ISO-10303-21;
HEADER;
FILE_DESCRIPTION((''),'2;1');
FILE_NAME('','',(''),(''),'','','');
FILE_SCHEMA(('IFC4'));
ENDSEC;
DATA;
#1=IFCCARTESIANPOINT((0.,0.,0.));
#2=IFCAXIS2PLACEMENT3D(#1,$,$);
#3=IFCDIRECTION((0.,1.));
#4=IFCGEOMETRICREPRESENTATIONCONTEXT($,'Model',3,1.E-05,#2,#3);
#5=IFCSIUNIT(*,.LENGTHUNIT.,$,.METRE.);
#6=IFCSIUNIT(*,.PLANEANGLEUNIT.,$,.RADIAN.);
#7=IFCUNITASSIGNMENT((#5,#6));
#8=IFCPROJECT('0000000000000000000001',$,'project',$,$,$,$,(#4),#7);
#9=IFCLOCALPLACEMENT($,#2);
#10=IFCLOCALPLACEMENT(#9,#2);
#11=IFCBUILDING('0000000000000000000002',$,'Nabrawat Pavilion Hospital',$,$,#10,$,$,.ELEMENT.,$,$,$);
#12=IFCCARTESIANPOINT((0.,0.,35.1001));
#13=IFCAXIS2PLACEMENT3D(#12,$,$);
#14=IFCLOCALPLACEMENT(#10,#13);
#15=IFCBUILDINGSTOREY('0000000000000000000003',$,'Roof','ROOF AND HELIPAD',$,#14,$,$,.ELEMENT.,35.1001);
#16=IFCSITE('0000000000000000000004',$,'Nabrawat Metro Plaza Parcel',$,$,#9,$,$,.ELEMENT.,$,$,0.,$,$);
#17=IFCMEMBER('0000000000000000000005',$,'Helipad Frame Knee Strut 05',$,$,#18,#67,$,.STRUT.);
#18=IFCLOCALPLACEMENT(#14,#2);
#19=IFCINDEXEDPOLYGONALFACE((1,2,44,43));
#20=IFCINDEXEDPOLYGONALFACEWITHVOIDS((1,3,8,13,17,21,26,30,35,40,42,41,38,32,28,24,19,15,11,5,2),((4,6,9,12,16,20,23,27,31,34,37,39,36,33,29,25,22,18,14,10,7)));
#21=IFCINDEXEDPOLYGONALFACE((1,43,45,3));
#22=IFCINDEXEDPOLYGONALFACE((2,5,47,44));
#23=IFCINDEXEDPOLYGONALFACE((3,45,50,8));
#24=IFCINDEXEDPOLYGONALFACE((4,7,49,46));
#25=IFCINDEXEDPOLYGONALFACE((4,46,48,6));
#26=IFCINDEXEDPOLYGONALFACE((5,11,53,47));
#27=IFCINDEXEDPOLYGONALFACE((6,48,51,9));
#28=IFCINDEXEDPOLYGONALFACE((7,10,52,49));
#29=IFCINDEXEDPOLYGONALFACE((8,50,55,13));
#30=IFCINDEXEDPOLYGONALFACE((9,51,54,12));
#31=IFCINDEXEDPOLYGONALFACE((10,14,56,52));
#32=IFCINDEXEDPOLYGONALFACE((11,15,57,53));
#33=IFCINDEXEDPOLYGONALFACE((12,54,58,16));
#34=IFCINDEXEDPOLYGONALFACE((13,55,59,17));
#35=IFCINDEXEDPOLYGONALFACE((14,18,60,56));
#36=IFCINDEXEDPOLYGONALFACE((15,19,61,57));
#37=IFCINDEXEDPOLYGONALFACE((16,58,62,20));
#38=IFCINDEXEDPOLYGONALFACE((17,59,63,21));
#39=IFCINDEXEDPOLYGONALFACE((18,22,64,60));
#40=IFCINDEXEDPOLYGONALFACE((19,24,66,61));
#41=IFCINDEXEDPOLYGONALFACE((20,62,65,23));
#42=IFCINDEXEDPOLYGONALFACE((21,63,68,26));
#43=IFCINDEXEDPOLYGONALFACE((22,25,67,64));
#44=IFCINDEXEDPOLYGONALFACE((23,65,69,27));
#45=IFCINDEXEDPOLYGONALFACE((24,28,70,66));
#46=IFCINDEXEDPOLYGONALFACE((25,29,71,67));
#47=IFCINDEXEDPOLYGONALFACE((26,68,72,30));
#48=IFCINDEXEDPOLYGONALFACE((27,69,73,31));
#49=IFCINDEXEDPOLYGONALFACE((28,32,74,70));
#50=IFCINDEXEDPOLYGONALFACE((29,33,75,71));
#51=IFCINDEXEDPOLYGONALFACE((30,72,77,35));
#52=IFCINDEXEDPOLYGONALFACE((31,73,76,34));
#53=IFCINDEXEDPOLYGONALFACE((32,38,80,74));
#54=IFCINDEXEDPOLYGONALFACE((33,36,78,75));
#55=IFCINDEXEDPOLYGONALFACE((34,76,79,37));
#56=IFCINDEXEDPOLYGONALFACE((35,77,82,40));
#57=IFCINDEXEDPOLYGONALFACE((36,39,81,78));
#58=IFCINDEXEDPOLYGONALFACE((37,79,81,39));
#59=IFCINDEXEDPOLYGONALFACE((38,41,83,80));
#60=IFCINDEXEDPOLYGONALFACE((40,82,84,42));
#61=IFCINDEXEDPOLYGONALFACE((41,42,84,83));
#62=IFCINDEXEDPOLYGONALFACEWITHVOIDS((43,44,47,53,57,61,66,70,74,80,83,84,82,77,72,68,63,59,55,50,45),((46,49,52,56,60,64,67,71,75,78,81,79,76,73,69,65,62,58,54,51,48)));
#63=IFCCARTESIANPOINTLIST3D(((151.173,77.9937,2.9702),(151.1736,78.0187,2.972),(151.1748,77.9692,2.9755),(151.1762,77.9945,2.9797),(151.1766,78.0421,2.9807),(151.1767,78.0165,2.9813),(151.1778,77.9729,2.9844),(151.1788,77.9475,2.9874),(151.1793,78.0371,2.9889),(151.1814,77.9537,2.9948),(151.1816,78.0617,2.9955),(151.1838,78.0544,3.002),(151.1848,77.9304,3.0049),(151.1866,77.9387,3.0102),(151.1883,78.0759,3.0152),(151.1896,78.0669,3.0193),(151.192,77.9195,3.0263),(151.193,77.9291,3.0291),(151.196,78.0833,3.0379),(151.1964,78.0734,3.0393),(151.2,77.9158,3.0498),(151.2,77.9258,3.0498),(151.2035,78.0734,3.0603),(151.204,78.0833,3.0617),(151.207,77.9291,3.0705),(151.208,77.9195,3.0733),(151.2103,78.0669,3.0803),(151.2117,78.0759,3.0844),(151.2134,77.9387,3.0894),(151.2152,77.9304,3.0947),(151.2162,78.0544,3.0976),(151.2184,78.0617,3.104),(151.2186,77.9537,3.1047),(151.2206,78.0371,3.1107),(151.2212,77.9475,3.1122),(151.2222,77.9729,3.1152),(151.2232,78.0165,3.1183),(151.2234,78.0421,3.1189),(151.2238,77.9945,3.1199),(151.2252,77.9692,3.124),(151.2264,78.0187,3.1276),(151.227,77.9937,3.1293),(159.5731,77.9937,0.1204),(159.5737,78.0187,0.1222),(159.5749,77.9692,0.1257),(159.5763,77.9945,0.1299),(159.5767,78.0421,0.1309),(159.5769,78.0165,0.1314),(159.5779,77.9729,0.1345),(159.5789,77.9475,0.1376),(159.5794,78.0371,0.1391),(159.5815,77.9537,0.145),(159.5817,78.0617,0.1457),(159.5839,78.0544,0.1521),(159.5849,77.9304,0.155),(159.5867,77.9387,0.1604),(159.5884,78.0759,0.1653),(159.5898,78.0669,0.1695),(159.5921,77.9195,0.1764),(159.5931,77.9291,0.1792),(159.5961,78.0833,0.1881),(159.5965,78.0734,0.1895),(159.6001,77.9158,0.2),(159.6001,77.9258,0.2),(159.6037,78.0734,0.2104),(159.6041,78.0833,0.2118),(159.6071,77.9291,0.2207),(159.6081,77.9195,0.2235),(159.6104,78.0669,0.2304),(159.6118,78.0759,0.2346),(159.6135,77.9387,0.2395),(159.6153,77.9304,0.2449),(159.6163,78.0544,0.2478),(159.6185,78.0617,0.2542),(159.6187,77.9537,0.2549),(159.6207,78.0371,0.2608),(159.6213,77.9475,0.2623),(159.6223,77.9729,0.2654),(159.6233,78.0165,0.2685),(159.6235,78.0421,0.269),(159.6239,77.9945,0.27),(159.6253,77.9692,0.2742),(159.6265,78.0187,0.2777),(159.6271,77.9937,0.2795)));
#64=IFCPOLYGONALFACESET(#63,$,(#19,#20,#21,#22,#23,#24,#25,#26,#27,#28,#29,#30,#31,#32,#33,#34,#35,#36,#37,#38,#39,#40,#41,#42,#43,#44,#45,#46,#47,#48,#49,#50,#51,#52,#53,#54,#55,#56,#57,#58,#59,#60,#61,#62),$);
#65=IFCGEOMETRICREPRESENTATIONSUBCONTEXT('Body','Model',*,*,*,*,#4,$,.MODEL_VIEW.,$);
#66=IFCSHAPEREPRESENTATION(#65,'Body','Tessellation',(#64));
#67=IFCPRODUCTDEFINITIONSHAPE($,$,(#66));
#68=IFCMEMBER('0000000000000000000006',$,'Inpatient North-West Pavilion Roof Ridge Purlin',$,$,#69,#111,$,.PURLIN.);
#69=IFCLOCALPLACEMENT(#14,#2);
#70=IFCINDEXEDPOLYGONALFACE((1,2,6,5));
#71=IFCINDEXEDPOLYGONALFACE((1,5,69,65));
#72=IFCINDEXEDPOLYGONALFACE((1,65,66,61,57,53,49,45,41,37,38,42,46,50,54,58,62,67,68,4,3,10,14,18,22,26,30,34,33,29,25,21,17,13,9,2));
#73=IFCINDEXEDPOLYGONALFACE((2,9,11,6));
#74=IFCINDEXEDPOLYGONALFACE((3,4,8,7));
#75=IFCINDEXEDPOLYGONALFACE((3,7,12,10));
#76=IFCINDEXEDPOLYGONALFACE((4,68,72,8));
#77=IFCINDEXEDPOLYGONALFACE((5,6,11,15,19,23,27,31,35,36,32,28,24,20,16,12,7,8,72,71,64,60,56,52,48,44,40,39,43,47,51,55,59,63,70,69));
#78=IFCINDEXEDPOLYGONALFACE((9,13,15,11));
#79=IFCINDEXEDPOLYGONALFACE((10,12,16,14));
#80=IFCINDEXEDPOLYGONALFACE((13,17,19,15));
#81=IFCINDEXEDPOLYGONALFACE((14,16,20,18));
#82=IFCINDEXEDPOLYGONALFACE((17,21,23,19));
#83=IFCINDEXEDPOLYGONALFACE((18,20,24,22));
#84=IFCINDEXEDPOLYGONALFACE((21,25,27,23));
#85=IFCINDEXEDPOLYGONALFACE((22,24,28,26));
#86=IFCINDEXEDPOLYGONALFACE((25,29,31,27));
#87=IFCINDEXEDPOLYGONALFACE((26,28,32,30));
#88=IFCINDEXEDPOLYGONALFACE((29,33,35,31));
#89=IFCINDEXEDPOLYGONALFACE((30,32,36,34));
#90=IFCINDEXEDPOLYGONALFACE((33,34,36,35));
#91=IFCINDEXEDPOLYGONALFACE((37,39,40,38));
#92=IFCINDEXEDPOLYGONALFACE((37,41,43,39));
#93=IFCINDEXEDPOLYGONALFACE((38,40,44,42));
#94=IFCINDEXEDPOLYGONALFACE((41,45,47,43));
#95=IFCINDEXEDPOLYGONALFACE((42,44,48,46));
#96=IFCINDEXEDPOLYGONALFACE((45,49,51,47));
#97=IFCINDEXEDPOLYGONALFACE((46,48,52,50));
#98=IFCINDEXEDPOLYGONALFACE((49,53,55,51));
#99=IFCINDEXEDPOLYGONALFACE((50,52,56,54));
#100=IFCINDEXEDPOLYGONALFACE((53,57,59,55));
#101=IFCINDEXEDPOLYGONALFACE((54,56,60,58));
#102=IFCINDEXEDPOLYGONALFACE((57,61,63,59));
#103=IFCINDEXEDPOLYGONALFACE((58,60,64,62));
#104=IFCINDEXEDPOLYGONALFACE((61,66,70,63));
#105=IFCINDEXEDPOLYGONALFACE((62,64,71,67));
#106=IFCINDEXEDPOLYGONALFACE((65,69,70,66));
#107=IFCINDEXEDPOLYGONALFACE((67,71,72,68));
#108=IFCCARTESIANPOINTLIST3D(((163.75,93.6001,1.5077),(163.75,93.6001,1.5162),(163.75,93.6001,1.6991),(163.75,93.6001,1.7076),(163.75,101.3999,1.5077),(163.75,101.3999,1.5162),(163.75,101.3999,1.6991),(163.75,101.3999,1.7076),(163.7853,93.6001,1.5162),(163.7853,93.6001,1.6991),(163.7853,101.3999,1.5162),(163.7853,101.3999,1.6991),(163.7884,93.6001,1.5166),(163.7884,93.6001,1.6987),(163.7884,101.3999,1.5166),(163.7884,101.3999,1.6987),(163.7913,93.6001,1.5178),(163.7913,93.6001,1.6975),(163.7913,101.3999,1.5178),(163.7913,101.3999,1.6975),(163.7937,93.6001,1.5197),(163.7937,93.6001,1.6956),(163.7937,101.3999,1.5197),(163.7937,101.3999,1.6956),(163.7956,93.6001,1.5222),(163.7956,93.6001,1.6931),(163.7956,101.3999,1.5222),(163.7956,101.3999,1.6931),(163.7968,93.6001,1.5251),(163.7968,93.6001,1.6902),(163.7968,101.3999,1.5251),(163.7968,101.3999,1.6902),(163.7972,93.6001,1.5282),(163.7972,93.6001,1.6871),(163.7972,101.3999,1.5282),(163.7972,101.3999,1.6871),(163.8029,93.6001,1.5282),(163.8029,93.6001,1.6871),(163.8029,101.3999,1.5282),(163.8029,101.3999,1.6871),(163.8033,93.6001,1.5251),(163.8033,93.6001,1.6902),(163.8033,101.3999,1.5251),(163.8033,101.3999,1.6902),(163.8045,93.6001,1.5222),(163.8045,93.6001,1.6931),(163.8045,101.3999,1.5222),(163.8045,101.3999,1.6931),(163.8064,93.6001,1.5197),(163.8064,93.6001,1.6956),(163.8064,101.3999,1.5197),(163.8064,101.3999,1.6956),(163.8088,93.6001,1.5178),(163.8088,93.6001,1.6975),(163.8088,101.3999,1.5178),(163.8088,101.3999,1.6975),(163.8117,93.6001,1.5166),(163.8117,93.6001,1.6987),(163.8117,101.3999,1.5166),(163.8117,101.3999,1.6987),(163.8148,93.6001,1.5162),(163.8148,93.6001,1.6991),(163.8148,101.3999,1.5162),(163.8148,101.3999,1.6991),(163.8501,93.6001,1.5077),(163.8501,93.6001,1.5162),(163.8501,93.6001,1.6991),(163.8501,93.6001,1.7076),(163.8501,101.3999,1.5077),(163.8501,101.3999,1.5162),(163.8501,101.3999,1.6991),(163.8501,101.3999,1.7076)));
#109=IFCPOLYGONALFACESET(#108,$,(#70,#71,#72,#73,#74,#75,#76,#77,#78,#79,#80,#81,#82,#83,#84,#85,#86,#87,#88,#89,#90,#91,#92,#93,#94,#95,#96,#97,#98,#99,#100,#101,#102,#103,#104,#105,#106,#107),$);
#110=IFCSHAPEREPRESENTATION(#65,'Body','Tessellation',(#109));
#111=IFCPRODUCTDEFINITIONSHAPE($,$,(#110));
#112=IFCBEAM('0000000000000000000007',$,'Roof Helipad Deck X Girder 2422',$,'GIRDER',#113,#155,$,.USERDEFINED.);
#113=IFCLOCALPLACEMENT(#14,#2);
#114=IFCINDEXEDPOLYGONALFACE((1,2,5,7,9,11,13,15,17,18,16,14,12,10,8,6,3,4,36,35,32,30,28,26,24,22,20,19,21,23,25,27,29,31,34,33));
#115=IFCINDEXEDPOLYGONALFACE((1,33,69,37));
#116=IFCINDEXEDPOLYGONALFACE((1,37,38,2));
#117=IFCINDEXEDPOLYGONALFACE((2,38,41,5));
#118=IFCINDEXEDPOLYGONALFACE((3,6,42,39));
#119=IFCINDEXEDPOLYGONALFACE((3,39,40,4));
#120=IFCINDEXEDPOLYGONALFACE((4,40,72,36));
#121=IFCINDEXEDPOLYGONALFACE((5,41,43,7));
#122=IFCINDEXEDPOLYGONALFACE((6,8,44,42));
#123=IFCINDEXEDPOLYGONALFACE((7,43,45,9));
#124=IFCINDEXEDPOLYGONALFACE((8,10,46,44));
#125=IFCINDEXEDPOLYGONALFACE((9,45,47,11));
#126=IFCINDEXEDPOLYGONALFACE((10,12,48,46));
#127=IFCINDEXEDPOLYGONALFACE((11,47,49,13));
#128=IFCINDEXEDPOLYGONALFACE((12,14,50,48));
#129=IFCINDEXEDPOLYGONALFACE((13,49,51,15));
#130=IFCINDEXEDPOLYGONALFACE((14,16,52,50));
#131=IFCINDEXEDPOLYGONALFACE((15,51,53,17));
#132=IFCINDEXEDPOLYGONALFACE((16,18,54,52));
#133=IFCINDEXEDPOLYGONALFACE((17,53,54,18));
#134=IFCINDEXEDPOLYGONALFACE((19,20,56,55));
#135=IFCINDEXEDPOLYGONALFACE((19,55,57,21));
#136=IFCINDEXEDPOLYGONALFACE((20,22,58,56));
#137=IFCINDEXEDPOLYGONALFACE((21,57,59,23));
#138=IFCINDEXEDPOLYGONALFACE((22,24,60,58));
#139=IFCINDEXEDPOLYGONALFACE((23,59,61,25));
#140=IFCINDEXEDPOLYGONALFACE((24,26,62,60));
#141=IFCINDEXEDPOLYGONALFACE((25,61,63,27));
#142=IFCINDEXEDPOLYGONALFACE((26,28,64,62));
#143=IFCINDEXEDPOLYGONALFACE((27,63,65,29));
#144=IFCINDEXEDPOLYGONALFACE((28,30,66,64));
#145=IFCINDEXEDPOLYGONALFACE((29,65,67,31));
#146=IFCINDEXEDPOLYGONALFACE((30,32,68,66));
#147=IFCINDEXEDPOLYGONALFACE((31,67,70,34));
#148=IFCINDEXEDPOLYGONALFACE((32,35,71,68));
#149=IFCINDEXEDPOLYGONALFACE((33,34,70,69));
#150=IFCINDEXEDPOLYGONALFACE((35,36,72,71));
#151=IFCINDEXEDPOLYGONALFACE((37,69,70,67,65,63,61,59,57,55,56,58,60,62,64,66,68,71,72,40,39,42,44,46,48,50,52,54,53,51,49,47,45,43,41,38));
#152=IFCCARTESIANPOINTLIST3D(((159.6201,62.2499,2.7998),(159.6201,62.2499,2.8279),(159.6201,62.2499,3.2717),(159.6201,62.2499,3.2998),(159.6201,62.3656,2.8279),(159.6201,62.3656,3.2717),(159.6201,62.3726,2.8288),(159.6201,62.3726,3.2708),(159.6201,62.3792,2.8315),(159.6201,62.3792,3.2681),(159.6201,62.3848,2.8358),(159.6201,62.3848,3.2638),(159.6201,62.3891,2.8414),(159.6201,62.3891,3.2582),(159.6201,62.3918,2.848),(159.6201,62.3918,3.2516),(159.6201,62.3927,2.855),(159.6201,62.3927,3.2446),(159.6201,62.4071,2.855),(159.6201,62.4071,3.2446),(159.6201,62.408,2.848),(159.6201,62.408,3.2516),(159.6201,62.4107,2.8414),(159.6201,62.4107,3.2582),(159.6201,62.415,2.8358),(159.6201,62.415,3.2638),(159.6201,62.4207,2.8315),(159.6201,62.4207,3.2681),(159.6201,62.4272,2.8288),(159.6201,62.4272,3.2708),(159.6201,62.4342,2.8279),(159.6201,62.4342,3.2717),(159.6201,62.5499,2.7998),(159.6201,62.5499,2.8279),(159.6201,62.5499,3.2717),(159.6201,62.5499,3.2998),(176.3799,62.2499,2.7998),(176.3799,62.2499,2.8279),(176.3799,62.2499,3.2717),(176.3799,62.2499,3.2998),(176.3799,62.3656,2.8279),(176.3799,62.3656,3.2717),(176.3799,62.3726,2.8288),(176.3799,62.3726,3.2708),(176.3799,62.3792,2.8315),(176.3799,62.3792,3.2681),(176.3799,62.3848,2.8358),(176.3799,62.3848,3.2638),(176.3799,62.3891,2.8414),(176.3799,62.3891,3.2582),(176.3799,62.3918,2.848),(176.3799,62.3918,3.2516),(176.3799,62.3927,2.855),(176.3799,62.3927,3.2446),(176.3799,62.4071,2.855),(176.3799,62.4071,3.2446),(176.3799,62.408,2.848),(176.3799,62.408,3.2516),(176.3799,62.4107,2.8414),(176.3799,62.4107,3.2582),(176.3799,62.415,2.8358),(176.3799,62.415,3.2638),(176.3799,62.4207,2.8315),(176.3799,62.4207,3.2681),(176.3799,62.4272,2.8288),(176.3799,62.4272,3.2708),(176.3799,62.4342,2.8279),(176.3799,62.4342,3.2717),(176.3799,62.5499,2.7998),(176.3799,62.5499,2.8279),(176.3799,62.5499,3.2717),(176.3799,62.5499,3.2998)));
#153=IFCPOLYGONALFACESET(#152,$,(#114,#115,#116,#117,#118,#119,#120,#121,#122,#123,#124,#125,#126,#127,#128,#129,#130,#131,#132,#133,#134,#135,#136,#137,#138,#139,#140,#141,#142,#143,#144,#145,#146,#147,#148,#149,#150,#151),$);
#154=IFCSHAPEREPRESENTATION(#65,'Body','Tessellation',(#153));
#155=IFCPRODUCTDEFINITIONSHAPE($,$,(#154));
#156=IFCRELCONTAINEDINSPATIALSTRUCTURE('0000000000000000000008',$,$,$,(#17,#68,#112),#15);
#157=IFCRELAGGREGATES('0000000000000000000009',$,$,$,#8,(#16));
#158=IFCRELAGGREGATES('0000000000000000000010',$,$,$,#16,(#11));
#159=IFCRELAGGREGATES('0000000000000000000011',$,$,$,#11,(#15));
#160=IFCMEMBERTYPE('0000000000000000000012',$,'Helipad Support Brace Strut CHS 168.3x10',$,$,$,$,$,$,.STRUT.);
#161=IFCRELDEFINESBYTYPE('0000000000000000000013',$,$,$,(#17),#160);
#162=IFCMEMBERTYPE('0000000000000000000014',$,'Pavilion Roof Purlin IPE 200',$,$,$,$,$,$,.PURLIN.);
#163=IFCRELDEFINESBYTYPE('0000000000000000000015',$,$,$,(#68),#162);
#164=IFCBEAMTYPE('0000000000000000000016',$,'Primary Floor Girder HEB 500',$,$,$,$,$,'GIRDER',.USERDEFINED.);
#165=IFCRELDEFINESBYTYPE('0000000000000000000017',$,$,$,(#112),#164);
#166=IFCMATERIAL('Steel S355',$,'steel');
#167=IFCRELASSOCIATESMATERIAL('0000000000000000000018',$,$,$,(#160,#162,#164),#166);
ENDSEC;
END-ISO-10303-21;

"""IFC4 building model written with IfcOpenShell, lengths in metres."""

from ifc_helpers import new_model, si_unit, direction, frame, origin, origin_2d, place, context, subcontext, project, spatial, hollow_circle, i_section, extrude, material, material_profile, profile_set, type_object, element, save


model = new_model("IFC4")

# Units and contexts
model_context = context("Model", 3, precision=1e-05, world=origin(), true_north=direction((0.0, 1.0)))
body_context = subcontext(model_context, "Body", "Model", "MODEL_VIEW")
ifc_project = project(units=[si_unit("LENGTHUNIT", "METRE"), si_unit("PLANEANGLEUNIT", "RADIAN")], contexts=[model_context])

# Site, building, storey
site_placement = place(None, origin())
site = spatial("IfcSite", under=ifc_project, at=site_placement, Name="Nabrawat Metro Plaza Parcel", CompositionType="ELEMENT", RefElevation=0.0)
building_placement = place(site_placement, origin())
building = spatial("IfcBuilding", under=site, at=building_placement, Name="Nabrawat Pavilion Hospital", CompositionType="ELEMENT")
storey_placement = place(building_placement, frame((0.0, 0.0, 35.1001)))
storey = spatial("IfcBuildingStorey", under=building, at=storey_placement, Name="Roof", Description="ROOF AND HELIPAD", CompositionType="ELEMENT", Elevation=35.1001)

# Shared definitions
ifc_material_1 = material(Name="Steel S355", Category="steel")

# Members
ifc_material_profile_1 = material_profile(ifc_material_1, hollow_circle(Radius=0.0842, WallThickness=0.01, at=origin_2d()), Name="CHS 168.3x10")
ifc_profile_set_1 = profile_set([ifc_material_profile_1], Name="Steel S355")
member_type_1 = type_object("IfcMemberType", Name="Helipad Support Brace Strut CHS 168.3x10", PredefinedType="STRUT", material=ifc_profile_set_1)
for number, where, z_axis, x_axis, name in (
    (1, (159.6001, 78.0, 0.2), (-0.946985, 0.0, 0.321277), (0.0, -1.0, 0.0), "Helipad Frame Knee Strut 05"),
):
    element("IfcMember", number, at=place(storey_placement, frame(where, z_axis=z_axis, x_axis=x_axis)), inside=storey, type_object=member_type_1, Name=name, PredefinedType="STRUT", context=body_context, shape_type="SweptSolid", body=[
        extrude(hollow_circle(Radius=0.0842, WallThickness=0.01, at=origin_2d()), origin(), (0.0, 0.0, 1.0), 8.8704),
    ])
ifc_material_profile_2 = material_profile(ifc_material_1, i_section(OverallWidth=0.1001, OverallDepth=0.2, WebThickness=0.0056, FlangeThickness=0.0085, FilletRadius=0.012, at=origin_2d()), Name="IPE 200")
ifc_profile_set_2 = profile_set([ifc_material_profile_2], Name="Steel S355")
member_type_2 = type_object("IfcMemberType", Name="Pavilion Roof Purlin IPE 200", PredefinedType="PURLIN", material=ifc_profile_set_2)
member_placement = place(storey_placement, frame((163.8, 93.6001, 1.6077), z_axis=(0.0, 1.0, 0.0), x_axis=(-1.0, 0.0, 0.0)))
element("IfcMember", 2, at=member_placement, inside=storey, type_object=member_type_2, Name="Inpatient North-West Pavilion Roof Ridge Purlin", PredefinedType="PURLIN", context=body_context, shape_type="SweptSolid", body=[
    extrude(i_section(OverallWidth=0.1001, OverallDepth=0.2, WebThickness=0.0056, FlangeThickness=0.0085, FilletRadius=0.012, at=origin_2d()), origin(), (0.0, 0.0, 1.0), 7.7998),
])

# Beam
ifc_material_profile_3 = material_profile(ifc_material_1, i_section(OverallWidth=0.3, OverallDepth=0.5, WebThickness=0.0144, FlangeThickness=0.0281, FilletRadius=0.0271, at=origin_2d()), Name="HEB 500")
ifc_profile_set_3 = profile_set([ifc_material_profile_3], Name="Steel S355")
beam_type_1 = type_object("IfcBeamType", Name="Primary Floor Girder HEB 500", ElementType="GIRDER", PredefinedType="USERDEFINED", material=ifc_profile_set_3)
beam_1_placement = place(storey_placement, frame((159.6201, 62.3999, 3.0498), z_axis=(1.0, 0.0, 0.0), x_axis=(0.0, 1.0, 0.0)))
element("IfcBeam", 3, at=beam_1_placement, inside=storey, type_object=beam_type_1, Name="Roof Helipad Deck X Girder 2422", ObjectType="GIRDER", PredefinedType="USERDEFINED", context=body_context, shape_type="SweptSolid", body=[
    extrude(i_section(OverallWidth=0.3, OverallDepth=0.5, WebThickness=0.0144, FlangeThickness=0.0281, FilletRadius=0.0271, at=origin_2d()), origin(), (0.0, 0.0, 1.0), 16.7598),
])

save(model, "model.ifc")
